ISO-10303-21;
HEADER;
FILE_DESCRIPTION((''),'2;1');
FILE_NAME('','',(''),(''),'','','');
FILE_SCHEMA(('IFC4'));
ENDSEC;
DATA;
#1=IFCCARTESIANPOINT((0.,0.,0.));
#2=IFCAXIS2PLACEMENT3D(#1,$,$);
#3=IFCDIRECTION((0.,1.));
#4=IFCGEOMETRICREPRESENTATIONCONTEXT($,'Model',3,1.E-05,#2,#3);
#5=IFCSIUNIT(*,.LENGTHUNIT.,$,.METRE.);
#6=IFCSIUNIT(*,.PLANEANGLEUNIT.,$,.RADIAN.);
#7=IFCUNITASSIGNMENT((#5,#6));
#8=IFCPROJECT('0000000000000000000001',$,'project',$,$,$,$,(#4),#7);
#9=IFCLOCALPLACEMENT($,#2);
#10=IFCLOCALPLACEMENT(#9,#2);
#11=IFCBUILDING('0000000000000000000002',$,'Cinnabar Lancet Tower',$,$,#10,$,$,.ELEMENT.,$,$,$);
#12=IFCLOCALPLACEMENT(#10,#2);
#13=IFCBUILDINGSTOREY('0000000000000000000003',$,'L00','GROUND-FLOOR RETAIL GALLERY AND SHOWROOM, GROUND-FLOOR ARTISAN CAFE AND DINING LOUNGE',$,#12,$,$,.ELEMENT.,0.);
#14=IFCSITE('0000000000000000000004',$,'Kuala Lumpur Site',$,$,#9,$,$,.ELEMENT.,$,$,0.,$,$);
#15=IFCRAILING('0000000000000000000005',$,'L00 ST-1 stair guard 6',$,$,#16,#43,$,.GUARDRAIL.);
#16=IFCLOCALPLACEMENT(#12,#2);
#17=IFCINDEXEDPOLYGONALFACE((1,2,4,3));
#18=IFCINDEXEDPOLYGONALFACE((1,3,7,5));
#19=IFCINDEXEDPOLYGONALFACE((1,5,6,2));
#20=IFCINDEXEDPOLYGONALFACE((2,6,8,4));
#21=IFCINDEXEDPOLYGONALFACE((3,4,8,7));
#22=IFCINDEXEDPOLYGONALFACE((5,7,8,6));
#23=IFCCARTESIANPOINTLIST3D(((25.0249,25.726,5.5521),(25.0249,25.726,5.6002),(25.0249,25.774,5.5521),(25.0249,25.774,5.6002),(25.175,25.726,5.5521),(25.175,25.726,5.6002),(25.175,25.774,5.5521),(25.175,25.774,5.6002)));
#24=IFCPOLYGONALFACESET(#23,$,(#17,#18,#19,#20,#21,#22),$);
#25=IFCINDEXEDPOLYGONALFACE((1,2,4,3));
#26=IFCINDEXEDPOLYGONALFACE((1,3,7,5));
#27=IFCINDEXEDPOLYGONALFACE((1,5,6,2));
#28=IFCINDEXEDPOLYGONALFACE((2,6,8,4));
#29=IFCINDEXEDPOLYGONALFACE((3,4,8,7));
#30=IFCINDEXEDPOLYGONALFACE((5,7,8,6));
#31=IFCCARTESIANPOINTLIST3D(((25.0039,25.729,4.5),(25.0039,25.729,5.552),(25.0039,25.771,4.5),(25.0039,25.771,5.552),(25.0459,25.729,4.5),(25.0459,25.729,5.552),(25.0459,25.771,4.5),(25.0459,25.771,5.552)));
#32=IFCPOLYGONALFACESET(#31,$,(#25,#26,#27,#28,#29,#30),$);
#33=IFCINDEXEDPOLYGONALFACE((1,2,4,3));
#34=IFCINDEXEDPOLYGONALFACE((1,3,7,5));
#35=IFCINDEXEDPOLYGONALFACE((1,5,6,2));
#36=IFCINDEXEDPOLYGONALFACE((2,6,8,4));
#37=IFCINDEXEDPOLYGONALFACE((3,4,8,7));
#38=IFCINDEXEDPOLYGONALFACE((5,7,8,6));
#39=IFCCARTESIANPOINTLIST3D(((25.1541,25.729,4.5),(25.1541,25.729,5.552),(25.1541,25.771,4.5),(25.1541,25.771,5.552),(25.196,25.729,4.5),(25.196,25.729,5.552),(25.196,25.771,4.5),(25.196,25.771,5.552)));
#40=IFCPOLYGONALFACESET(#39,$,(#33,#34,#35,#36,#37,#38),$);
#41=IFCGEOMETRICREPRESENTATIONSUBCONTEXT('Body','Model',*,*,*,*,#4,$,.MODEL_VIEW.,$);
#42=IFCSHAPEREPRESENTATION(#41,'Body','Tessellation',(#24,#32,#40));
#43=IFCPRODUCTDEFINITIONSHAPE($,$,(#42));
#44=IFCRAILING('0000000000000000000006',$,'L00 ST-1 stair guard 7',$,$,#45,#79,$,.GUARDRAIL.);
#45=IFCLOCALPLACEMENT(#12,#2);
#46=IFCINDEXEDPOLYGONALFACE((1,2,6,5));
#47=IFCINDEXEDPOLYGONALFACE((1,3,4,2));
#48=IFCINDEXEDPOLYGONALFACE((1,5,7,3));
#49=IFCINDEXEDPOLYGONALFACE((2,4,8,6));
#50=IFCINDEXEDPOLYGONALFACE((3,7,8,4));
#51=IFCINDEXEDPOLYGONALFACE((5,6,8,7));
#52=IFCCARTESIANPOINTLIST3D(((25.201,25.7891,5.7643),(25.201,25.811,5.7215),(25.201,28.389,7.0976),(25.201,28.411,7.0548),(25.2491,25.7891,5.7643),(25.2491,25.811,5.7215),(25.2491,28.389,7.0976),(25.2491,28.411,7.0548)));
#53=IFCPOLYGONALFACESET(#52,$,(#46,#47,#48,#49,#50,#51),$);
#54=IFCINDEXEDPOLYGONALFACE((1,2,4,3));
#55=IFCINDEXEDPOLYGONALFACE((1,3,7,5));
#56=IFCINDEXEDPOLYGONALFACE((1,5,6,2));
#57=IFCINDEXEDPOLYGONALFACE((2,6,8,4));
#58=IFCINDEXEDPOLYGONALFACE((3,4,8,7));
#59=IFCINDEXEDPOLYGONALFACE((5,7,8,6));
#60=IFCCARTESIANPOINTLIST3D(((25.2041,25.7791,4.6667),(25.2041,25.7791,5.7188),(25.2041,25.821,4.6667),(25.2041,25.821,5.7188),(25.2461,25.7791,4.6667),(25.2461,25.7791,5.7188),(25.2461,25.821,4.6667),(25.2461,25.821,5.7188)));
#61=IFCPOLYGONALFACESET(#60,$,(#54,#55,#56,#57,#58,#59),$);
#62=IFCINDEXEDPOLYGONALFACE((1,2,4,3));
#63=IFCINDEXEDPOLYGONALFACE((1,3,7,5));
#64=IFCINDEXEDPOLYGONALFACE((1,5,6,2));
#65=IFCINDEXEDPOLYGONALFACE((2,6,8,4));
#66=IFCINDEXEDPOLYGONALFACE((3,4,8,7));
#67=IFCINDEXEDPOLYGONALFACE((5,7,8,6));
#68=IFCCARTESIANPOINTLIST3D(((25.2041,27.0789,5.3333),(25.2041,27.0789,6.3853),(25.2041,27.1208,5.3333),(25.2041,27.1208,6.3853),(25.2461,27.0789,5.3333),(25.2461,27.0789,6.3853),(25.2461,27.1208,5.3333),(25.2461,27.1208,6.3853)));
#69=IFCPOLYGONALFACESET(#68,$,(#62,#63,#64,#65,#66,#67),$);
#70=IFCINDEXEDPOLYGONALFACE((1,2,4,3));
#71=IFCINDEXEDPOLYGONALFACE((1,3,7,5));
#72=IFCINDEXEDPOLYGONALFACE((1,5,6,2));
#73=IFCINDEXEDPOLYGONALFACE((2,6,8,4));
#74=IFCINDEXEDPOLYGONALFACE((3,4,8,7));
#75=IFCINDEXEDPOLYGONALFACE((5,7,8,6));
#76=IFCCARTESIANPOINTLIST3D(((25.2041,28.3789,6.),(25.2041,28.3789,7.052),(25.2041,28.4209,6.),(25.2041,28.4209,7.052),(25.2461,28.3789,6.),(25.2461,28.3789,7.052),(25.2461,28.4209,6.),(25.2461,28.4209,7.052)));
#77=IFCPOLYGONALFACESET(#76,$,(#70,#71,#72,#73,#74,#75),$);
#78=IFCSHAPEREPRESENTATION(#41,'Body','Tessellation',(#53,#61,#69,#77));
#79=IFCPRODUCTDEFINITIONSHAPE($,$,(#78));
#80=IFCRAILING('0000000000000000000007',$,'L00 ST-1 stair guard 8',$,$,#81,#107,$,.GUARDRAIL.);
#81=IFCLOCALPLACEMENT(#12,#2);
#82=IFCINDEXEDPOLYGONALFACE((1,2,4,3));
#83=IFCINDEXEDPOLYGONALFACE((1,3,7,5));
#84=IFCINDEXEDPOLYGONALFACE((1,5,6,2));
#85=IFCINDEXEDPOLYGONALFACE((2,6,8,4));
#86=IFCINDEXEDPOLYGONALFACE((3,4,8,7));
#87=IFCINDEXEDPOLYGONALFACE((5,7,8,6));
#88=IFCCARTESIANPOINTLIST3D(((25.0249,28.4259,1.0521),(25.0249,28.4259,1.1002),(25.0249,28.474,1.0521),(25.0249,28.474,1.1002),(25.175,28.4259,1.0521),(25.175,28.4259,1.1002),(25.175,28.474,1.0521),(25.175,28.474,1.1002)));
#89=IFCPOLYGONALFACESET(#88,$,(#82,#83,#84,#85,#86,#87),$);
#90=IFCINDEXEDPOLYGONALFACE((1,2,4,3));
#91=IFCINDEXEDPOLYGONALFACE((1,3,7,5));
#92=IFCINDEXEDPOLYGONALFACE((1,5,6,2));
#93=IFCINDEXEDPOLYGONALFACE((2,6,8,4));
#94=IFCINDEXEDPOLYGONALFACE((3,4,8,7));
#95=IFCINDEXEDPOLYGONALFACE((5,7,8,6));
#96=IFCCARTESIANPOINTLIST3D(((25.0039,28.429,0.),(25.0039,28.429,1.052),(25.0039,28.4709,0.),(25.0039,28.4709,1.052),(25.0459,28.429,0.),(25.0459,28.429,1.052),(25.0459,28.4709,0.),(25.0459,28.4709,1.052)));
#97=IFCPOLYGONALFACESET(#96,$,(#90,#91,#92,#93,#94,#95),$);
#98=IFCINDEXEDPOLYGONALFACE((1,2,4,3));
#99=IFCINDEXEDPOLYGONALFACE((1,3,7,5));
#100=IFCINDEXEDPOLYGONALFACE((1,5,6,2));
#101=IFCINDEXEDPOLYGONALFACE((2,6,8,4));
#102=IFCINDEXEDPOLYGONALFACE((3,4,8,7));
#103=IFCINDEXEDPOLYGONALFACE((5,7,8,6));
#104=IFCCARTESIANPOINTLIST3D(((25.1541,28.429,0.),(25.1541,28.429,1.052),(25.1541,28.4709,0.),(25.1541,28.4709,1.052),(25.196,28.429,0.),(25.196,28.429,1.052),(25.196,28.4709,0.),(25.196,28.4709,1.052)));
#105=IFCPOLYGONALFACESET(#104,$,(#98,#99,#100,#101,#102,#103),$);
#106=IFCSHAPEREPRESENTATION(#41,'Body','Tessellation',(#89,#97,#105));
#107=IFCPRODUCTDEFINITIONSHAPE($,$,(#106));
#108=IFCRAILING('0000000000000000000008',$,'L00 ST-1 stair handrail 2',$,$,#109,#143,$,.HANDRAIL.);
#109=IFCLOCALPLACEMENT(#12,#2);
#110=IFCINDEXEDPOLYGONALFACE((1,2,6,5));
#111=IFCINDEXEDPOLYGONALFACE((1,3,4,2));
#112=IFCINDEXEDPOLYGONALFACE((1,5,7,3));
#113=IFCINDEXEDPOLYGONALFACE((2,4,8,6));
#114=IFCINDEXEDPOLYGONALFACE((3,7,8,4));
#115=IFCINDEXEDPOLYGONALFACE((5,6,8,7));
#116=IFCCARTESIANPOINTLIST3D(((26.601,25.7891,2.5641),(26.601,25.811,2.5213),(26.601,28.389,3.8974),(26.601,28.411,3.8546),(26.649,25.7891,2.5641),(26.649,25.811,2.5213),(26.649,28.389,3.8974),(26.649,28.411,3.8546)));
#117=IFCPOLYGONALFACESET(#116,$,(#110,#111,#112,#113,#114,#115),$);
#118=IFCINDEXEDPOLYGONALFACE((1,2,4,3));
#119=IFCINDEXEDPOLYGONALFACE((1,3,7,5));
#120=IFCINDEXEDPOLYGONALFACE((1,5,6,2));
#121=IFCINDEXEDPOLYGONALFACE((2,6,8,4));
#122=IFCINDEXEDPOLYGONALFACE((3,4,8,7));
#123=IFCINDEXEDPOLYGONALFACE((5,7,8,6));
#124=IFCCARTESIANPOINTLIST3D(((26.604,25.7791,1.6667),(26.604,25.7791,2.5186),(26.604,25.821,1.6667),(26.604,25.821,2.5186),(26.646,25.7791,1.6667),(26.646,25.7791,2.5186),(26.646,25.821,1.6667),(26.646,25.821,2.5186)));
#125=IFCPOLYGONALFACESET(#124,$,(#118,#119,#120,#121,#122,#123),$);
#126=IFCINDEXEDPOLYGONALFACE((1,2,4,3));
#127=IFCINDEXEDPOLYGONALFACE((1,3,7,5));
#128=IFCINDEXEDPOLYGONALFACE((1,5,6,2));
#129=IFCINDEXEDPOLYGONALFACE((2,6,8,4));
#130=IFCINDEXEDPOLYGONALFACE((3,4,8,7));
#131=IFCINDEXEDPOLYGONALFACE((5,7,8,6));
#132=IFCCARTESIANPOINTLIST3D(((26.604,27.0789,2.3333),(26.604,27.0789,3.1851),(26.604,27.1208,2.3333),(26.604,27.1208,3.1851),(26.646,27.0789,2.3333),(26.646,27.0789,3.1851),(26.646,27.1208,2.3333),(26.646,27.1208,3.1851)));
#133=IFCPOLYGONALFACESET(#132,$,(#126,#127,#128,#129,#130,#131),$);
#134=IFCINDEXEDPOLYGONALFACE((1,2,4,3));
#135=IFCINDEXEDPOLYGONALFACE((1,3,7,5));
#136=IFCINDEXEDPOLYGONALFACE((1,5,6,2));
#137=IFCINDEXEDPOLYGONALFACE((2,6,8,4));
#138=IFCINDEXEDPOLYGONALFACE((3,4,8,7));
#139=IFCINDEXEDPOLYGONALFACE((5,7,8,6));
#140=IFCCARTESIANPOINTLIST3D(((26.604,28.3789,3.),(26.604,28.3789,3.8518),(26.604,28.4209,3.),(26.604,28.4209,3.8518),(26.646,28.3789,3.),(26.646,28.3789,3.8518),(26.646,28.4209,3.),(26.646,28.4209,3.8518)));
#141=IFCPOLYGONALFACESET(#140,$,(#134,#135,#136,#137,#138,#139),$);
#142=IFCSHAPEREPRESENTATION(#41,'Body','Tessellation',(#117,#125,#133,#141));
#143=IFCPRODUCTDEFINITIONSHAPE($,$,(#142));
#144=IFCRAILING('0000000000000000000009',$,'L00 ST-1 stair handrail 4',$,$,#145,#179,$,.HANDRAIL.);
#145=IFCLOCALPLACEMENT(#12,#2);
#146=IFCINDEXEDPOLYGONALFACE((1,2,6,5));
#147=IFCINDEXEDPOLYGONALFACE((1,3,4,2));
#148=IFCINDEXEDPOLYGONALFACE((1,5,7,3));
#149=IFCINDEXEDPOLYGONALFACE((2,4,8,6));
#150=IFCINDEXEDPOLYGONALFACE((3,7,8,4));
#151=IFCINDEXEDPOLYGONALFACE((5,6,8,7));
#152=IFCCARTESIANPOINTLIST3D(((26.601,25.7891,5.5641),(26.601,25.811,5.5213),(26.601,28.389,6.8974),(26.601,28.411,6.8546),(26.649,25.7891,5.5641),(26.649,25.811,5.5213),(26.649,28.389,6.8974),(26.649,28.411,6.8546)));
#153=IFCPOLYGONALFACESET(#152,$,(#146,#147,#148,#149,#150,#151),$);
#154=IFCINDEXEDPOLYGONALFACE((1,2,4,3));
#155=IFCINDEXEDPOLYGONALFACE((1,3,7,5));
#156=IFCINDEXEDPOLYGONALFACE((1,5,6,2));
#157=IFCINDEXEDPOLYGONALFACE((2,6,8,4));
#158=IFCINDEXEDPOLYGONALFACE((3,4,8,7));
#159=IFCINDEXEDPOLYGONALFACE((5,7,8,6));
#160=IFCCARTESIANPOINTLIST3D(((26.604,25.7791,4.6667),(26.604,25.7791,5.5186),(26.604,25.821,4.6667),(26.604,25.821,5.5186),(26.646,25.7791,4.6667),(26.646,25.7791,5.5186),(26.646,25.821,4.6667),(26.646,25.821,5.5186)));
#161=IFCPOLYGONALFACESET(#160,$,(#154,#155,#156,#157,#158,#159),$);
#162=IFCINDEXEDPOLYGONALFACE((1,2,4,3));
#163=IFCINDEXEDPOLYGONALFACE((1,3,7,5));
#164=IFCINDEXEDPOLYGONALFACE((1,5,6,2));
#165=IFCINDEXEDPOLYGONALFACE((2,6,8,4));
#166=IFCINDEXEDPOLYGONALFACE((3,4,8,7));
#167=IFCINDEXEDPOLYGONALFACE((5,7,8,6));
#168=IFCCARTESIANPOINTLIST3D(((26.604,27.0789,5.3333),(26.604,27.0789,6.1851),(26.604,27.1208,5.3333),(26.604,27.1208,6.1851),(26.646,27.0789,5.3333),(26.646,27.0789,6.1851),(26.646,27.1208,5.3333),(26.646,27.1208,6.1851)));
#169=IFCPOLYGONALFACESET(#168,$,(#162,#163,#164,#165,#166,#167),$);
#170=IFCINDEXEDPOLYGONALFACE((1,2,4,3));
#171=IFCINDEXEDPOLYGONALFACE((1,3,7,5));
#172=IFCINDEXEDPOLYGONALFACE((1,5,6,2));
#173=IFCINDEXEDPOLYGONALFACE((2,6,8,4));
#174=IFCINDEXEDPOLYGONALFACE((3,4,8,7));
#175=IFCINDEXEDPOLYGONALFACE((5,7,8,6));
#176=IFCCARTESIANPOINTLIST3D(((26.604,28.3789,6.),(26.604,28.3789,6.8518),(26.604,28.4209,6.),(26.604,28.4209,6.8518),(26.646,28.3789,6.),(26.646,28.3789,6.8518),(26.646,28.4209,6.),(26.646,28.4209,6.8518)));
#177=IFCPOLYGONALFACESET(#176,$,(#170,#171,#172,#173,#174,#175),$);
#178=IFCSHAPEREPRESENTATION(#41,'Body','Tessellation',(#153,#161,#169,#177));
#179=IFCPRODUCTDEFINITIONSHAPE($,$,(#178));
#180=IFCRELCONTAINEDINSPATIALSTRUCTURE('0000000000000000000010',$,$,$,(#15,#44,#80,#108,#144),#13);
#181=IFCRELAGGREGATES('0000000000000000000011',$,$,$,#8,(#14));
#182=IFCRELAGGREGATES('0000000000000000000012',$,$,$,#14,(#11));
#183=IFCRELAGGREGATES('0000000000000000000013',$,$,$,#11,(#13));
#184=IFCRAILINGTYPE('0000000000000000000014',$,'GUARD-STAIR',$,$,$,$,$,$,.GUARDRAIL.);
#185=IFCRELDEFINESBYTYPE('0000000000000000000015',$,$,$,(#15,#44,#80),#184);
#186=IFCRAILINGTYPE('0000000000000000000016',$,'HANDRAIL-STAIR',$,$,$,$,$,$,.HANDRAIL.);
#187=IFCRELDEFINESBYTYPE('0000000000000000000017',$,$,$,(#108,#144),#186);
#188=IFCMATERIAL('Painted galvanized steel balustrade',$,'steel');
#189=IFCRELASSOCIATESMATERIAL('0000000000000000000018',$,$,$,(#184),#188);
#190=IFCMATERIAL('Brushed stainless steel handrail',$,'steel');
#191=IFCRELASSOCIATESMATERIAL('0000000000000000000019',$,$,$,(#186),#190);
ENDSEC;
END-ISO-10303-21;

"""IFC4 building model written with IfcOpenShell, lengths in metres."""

from ifc_helpers import new_model, si_unit, direction, frame, origin, origin_2d, place, context, subcontext, project, spatial, rectangle, extrude, material, type_object, element, save


model = new_model("IFC4")

# Units and contexts
model_context = context("Model", 3, precision=1e-05, world=origin(), true_north=direction((0.0, 1.0)))
body_context = subcontext(model_context, "Body", "Model", "MODEL_VIEW")
ifc_project = project(units=[si_unit("LENGTHUNIT", "METRE"), si_unit("PLANEANGLEUNIT", "RADIAN")], contexts=[model_context])

# Site, building, storey
site_placement = place(None, origin())
site = spatial("IfcSite", under=ifc_project, at=site_placement, Name="Kuala Lumpur Site", CompositionType="ELEMENT", RefElevation=0.0)
building_placement = place(site_placement, origin())
building = spatial("IfcBuilding", under=site, at=building_placement, Name="Cinnabar Lancet Tower", CompositionType="ELEMENT")
storey_placement = place(building_placement, origin())
storey = spatial("IfcBuildingStorey", under=building, at=storey_placement, Name="L00", Description="GROUND-FLOOR RETAIL GALLERY AND SHOWROOM, GROUND-FLOOR ARTISAN CAFE AND DINING LOUNGE", CompositionType="ELEMENT", Elevation=0.0)

# Railings
ifc_material_1 = material(Name="Painted galvanized steel balustrade", Category="steel")
railing_type_1 = type_object("IfcRailingType", Name="GUARD-STAIR", PredefinedType="GUARDRAIL", material=ifc_material_1)
railing_1_placement = place(storey_placement, frame((25.0249, 25.75, 4.5)))
element("IfcRailing", 1, at=railing_1_placement, inside=storey, type_object=railing_type_1, Name="L00 ST-1 stair guard 6", PredefinedType="GUARDRAIL", context=body_context, shape_type="SweptSolid", body=[
    extrude(rectangle(XDim=0.0481, YDim=0.0481, at=origin_2d()), frame((0.0, 0.0, 1.0762), z_axis=(1.0, 0.0, 0.0), x_axis=(0.0, 1.0, 0.0)), (0.0, 0.0, 1.0), 0.1501),
    extrude(rectangle(XDim=0.042, YDim=0.042, at=origin_2d()), origin(), (0.0, 0.0, 1.0), 1.052),
    extrude(rectangle(XDim=0.042, YDim=0.042, at=origin_2d()), frame((0.1501, 0.0, 0.0)), (0.0, 0.0, 1.0), 1.052),
])
railing_2_placement = place(storey_placement, frame((25.2251, 25.8, 4.6667)))
element("IfcRailing", 2, at=railing_2_placement, inside=storey, type_object=railing_type_1, Name="L00 ST-1 stair guard 7", PredefinedType="GUARDRAIL", context=body_context, shape_type="SweptSolid", body=[
    extrude(rectangle(XDim=0.0481, YDim=0.0481, at=origin_2d()), frame((0.0, 0.0, 1.0762), z_axis=(0.0, 0.889818, 0.456315), x_axis=(-1.0, 0.0, 0.0)), (0.0, 0.0, 1.0), 2.9219),
    extrude(rectangle(XDim=0.042, YDim=0.042, at=origin_2d()), origin(), (0.0, 0.0, 1.0), 1.052),
    extrude(rectangle(XDim=0.042, YDim=0.042, at=origin_2d()), frame((0.0, 1.2998, 0.6665)), (0.0, 0.0, 1.0), 1.052),
    extrude(rectangle(XDim=0.042, YDim=0.042, at=origin_2d()), frame((0.0, 2.5999, 1.3333)), (0.0, 0.0, 1.0), 1.052),
])
railing_3_placement = place(storey_placement, frame((25.0249, 28.45, 0.0)))
element("IfcRailing", 3, at=railing_3_placement, inside=storey, type_object=railing_type_1, Name="L00 ST-1 stair guard 8", PredefinedType="GUARDRAIL", context=body_context, shape_type="SweptSolid", body=[
    extrude(rectangle(XDim=0.0481, YDim=0.0481, at=origin_2d()), frame((0.0, 0.0, 1.0762), z_axis=(1.0, 0.0, 0.0), x_axis=(0.0, 1.0, 0.0)), (0.0, 0.0, 1.0), 0.1501),
    extrude(rectangle(XDim=0.042, YDim=0.042, at=origin_2d()), origin(), (0.0, 0.0, 1.0), 1.052),
    extrude(rectangle(XDim=0.042, YDim=0.042, at=origin_2d()), frame((0.1501, 0.0, 0.0)), (0.0, 0.0, 1.0), 1.052),
])
ifc_material_2 = material(Name="Brushed stainless steel handrail", Category="steel")
railing_type_2 = type_object("IfcRailingType", Name="HANDRAIL-STAIR", PredefinedType="HANDRAIL", material=ifc_material_2)
for number, where, name in (
    (4, (26.625, 25.8, 1.6667), "L00 ST-1 stair handrail 2"),
    (5, (26.625, 25.8, 4.6667), "L00 ST-1 stair handrail 4"),
):
    element("IfcRailing", number, at=place(storey_placement, frame(where)), inside=storey, type_object=railing_type_2, Name=name, PredefinedType="HANDRAIL", context=body_context, shape_type="SweptSolid", body=[
        extrude(rectangle(XDim=0.0481, YDim=0.0481, at=origin_2d()), frame((0.0, 0.0, 0.876), z_axis=(0.0, 0.889818, 0.456315), x_axis=(-1.0, 0.0, 0.0)), (0.0, 0.0, 1.0), 2.9219),
        extrude(rectangle(XDim=0.042, YDim=0.042, at=origin_2d()), origin(), (0.0, 0.0, 1.0), 0.8518),
        extrude(rectangle(XDim=0.042, YDim=0.042, at=origin_2d()), frame((0.0, 1.2998, 0.6665)), (0.0, 0.0, 1.0), 0.8518),
        extrude(rectangle(XDim=0.042, YDim=0.042, at=origin_2d()), frame((0.0, 2.5999, 1.3333)), (0.0, 0.0, 1.0), 0.8518),
    ])

save(model, "model.ifc")
